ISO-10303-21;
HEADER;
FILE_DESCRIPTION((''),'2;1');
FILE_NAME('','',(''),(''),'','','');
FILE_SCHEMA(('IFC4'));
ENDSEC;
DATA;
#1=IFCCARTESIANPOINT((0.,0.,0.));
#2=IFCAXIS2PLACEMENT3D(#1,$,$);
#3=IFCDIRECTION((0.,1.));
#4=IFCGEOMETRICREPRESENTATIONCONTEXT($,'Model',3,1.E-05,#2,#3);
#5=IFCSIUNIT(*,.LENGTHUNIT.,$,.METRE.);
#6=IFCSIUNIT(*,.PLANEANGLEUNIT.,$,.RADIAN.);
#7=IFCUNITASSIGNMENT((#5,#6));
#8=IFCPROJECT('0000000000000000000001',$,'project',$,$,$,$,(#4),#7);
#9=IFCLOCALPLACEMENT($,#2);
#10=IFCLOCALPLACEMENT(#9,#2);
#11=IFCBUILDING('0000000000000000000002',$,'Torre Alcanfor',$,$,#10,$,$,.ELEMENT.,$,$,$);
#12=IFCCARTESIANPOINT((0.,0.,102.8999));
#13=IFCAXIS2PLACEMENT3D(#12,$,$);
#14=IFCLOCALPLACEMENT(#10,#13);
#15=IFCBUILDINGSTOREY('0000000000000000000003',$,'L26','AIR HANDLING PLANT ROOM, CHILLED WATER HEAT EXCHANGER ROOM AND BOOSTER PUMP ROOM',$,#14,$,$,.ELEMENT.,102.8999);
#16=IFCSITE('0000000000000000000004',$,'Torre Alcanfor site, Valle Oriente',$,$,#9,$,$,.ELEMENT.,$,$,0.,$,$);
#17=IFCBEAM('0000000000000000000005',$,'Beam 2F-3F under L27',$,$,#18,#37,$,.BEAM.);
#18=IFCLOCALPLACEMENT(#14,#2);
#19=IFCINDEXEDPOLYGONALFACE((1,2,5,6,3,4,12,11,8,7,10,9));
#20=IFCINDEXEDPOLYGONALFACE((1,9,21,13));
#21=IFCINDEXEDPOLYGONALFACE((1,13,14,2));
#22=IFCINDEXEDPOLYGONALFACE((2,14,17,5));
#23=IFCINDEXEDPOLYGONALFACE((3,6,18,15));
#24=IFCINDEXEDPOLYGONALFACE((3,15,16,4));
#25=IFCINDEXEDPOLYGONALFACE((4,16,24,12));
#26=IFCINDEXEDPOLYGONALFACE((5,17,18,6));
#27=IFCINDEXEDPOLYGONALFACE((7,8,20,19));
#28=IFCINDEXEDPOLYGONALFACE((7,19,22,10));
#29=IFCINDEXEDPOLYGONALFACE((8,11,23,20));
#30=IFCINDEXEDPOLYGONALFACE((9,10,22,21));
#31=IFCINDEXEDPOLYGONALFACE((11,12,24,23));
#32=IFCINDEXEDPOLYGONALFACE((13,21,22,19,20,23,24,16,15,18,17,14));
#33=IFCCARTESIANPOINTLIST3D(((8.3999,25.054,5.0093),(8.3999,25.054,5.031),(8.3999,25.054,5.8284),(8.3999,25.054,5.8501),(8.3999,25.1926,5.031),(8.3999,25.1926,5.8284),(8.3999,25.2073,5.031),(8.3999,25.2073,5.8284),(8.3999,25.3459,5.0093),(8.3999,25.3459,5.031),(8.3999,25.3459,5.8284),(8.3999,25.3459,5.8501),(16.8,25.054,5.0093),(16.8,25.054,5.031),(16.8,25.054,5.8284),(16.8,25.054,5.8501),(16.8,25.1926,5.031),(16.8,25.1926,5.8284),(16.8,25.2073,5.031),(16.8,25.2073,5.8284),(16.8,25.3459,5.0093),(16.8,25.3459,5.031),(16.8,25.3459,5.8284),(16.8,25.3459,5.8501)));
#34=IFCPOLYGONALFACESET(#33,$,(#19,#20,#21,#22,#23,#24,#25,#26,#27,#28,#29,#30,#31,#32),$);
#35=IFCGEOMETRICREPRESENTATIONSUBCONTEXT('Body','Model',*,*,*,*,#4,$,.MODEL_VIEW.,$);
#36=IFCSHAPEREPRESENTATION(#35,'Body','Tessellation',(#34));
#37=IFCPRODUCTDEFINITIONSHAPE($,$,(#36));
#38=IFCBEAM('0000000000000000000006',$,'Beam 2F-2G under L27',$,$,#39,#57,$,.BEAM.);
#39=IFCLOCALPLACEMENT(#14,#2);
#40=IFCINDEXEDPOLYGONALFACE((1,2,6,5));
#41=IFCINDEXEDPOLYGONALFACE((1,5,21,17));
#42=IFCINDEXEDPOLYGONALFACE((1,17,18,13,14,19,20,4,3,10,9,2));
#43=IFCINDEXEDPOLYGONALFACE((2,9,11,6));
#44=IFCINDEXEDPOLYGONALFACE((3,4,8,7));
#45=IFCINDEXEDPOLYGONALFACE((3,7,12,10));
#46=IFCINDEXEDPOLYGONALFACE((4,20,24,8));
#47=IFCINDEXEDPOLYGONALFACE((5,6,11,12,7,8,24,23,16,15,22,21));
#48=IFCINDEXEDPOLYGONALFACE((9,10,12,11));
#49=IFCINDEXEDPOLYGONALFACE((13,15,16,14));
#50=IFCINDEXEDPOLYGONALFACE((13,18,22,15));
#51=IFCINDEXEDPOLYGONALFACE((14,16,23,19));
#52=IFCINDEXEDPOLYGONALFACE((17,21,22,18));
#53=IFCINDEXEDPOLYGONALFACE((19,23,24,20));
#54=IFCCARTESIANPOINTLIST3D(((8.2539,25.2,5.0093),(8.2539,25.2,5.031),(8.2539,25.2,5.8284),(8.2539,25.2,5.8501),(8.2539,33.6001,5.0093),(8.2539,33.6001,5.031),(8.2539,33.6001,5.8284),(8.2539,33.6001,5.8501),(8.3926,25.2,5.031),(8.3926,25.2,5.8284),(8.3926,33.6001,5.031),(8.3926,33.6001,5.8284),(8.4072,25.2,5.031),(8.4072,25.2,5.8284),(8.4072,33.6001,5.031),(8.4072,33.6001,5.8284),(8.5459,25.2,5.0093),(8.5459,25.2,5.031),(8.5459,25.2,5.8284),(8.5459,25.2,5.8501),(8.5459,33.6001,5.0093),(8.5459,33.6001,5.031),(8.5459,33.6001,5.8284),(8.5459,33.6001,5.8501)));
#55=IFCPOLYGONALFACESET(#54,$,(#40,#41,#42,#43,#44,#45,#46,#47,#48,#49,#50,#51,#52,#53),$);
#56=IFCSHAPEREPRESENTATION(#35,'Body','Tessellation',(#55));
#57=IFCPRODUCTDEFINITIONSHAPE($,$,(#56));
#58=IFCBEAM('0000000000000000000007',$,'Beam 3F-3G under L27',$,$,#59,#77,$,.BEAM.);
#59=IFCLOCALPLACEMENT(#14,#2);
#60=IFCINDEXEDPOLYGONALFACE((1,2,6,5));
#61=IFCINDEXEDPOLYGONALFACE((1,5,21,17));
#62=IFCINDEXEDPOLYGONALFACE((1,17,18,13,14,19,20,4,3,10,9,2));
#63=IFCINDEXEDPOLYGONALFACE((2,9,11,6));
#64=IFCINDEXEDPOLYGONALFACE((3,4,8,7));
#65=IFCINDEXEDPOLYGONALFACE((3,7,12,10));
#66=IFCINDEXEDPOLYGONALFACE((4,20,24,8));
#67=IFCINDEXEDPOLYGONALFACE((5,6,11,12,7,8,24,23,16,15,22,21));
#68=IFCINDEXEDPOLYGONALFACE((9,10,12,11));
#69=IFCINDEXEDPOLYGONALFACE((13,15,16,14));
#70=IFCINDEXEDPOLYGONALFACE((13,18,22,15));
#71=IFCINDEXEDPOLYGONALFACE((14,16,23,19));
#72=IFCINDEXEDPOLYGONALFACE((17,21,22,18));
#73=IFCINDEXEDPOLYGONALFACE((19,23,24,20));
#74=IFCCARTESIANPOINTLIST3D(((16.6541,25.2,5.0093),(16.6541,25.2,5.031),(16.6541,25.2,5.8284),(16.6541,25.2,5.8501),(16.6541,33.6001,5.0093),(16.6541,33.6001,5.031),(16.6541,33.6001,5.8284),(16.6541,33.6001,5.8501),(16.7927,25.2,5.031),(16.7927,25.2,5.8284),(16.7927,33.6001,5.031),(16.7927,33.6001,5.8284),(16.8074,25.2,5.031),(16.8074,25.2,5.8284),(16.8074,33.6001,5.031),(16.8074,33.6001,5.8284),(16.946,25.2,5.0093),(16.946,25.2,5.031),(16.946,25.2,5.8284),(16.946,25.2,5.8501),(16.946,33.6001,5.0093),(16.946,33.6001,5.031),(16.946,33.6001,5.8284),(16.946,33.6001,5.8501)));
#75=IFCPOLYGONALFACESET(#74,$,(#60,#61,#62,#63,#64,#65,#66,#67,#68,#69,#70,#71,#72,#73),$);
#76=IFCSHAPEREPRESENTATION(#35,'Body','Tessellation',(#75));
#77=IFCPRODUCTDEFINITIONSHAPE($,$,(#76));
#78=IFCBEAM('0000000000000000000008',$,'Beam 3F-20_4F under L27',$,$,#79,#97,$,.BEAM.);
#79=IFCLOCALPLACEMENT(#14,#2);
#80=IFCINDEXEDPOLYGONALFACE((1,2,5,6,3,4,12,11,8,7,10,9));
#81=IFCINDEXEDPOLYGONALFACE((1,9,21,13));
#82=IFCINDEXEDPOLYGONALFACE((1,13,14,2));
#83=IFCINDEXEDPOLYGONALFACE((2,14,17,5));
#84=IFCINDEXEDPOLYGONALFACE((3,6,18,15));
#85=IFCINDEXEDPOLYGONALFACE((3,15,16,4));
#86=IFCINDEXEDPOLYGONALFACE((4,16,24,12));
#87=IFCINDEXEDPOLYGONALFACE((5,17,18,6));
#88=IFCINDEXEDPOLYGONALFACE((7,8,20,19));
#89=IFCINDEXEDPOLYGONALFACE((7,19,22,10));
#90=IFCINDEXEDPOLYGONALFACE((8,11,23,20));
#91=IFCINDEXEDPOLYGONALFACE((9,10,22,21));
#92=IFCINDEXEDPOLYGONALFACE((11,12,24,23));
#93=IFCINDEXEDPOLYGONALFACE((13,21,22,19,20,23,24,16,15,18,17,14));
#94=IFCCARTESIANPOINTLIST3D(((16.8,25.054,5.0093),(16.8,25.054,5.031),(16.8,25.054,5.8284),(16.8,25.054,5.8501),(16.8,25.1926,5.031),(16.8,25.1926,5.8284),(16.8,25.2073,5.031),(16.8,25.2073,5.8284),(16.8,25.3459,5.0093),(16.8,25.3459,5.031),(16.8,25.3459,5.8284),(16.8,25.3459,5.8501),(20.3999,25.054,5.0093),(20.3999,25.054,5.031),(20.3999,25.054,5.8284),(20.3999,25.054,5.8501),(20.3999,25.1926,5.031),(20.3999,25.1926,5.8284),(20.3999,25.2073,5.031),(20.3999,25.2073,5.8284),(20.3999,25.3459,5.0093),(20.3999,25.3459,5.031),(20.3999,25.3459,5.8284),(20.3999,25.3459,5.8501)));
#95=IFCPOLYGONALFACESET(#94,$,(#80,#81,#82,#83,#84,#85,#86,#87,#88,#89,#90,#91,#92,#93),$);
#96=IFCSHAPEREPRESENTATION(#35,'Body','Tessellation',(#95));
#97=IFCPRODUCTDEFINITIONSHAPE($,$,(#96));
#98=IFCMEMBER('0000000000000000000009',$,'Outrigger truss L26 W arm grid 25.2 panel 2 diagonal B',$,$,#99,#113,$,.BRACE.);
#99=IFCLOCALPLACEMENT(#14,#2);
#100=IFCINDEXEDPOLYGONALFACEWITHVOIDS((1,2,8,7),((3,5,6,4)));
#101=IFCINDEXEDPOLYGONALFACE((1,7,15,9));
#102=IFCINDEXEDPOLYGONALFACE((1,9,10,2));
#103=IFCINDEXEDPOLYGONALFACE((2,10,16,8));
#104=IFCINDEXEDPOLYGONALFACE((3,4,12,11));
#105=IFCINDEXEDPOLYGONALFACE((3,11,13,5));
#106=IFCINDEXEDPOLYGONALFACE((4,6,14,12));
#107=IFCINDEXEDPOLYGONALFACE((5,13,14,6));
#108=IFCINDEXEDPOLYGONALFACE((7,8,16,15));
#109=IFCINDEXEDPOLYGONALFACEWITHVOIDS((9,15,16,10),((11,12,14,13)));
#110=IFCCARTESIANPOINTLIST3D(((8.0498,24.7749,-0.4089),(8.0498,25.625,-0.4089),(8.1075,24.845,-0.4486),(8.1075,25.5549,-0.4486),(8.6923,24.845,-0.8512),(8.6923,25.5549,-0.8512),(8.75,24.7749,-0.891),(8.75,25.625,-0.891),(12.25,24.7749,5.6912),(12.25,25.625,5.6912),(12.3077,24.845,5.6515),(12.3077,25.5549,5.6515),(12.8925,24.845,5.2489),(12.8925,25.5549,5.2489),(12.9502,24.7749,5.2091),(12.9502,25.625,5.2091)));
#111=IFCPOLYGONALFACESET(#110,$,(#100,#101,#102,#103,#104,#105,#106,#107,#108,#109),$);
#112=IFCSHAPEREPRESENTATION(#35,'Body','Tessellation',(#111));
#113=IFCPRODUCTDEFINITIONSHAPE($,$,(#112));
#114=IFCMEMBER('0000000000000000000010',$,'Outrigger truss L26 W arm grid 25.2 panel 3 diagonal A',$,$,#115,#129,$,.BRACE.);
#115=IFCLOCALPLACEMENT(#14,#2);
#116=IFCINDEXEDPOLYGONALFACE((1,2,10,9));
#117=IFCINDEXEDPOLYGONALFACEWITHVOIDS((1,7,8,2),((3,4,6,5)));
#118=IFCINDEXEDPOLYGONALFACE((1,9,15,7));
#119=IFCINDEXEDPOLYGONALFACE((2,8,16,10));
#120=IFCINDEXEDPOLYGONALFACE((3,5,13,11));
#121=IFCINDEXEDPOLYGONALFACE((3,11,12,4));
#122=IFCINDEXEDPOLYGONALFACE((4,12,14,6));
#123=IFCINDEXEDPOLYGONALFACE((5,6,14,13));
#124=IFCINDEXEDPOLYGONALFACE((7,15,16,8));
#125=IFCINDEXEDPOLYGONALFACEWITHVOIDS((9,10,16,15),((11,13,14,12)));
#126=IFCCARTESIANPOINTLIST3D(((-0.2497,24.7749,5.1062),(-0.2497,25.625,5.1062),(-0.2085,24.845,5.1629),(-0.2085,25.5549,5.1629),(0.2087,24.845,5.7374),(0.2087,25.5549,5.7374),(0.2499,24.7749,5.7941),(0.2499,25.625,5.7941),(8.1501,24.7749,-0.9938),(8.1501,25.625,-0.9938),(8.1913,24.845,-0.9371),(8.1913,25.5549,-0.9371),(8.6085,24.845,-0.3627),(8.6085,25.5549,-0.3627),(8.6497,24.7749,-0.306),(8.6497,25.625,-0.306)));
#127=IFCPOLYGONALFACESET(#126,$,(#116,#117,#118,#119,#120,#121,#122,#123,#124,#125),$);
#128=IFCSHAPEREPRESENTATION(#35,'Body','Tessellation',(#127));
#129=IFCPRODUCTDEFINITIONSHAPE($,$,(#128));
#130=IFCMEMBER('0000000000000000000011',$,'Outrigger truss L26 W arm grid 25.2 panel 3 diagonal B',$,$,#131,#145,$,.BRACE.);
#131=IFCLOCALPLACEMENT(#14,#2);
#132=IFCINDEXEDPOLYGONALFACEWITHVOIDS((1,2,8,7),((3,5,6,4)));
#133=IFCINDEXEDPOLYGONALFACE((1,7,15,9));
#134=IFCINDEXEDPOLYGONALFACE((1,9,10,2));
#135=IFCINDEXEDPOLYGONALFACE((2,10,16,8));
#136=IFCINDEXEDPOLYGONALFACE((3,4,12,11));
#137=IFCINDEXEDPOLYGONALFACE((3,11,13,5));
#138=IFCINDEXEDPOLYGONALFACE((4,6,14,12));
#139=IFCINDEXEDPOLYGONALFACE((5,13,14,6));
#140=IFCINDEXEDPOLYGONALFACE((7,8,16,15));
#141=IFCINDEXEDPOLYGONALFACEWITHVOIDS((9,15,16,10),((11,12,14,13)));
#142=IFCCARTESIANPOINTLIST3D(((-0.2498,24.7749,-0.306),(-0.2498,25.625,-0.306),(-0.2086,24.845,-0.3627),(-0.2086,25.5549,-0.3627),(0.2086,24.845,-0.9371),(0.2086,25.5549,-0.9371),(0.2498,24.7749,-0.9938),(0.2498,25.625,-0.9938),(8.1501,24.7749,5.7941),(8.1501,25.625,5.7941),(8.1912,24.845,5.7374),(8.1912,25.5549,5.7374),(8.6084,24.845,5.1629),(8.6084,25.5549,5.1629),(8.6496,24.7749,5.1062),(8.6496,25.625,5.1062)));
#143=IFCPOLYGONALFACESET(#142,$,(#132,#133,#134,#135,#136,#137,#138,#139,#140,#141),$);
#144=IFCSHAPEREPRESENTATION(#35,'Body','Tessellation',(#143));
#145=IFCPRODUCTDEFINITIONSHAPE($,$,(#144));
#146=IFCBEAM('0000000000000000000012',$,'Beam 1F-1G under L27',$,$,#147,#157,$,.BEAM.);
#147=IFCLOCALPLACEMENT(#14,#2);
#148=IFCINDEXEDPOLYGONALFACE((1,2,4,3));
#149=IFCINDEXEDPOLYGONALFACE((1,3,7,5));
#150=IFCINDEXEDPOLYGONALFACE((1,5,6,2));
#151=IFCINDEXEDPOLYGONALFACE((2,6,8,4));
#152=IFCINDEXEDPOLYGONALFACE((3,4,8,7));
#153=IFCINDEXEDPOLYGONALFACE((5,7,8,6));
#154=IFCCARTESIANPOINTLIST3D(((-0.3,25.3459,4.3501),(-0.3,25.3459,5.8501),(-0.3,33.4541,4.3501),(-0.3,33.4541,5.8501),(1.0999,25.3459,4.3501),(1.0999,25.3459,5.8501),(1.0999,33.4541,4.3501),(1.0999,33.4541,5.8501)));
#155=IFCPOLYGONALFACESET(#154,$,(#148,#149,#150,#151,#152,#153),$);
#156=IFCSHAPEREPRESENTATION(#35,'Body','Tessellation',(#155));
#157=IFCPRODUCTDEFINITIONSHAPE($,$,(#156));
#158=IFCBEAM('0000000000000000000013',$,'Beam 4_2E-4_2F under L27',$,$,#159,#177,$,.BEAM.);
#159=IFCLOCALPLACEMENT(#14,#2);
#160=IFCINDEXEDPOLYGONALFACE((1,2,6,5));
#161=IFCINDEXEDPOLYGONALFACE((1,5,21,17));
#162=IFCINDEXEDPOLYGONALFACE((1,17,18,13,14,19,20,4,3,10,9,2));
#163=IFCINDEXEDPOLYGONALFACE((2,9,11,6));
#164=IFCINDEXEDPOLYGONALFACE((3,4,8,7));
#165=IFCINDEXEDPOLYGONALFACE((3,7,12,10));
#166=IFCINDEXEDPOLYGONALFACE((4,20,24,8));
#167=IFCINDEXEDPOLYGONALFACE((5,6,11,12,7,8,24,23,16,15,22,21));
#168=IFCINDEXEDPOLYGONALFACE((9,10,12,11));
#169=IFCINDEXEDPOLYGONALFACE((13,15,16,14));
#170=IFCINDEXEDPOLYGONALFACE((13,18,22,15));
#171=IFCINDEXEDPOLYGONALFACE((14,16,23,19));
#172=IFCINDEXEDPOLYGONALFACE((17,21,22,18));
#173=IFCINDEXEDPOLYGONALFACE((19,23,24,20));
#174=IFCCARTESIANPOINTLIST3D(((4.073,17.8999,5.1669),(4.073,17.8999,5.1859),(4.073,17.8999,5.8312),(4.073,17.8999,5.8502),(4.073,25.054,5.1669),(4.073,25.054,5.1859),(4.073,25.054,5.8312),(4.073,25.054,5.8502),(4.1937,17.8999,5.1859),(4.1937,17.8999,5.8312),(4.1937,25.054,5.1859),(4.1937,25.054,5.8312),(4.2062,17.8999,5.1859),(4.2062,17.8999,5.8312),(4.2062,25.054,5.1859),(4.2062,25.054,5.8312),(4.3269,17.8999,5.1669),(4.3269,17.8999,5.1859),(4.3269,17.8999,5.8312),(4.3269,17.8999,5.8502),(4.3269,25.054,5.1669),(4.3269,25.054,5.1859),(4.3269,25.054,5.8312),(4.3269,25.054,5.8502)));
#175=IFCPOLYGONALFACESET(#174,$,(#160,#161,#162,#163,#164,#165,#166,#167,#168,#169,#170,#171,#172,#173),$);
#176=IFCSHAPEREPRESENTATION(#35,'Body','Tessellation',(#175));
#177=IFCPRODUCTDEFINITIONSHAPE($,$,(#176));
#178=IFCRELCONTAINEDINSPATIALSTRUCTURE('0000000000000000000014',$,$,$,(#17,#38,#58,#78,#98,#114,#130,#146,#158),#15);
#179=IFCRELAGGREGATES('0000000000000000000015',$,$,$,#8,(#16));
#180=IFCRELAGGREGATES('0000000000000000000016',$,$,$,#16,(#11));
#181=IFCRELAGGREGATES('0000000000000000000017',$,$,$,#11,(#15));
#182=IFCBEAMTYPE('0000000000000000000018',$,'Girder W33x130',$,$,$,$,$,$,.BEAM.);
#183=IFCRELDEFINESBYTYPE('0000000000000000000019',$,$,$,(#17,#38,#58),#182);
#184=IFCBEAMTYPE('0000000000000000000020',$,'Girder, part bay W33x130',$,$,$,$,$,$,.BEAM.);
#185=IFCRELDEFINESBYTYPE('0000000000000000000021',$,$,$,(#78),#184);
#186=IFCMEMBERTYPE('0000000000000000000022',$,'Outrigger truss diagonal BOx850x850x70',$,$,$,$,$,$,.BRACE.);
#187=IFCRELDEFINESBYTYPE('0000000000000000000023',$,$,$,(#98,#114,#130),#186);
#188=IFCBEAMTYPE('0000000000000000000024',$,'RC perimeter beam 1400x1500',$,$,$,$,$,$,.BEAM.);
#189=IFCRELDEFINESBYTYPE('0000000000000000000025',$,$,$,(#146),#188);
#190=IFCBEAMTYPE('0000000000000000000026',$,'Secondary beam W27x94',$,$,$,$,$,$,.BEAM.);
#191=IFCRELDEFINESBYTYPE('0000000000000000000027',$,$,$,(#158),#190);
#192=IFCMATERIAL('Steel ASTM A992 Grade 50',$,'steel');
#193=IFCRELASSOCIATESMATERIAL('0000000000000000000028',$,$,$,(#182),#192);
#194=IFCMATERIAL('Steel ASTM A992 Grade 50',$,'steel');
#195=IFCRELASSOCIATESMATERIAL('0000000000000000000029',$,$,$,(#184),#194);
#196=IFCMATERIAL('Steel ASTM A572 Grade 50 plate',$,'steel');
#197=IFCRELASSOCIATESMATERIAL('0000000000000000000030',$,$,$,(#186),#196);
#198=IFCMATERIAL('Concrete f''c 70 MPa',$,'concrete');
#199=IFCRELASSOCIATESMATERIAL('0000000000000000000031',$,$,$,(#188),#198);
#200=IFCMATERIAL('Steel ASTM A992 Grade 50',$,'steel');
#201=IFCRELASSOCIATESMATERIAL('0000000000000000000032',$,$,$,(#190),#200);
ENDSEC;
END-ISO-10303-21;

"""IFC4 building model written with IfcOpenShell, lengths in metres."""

from ifc_helpers import new_model, si_unit, direction, frame, origin, origin_2d, place, context, subcontext, project, spatial, rectangle, hollow_rectangle, i_section, extrude, material, material_profile, profile_set, type_object, element, save


model = new_model("IFC4")

# Units and contexts
model_context = context("Model", 3, precision=1e-05, world=origin(), true_north=direction((0.0, 1.0)))
body_context = subcontext(model_context, "Body", "Model", "MODEL_VIEW")
ifc_project = project(units=[si_unit("LENGTHUNIT", "METRE"), si_unit("PLANEANGLEUNIT", "RADIAN")], contexts=[model_context])

# Site, building, storey
site_placement = place(None, origin())
site = spatial("IfcSite", under=ifc_project, at=site_placement, Name="Torre Alcanfor site, Valle Oriente", CompositionType="ELEMENT", RefElevation=0.0)
building_placement = place(site_placement, origin())
building = spatial("IfcBuilding", under=site, at=building_placement, Name="Torre Alcanfor", CompositionType="ELEMENT")
storey_placement = place(building_placement, frame((0.0, 0.0, 102.8999)))
storey = spatial("IfcBuildingStorey", under=building, at=storey_placement, Name="L26", Description="AIR HANDLING PLANT ROOM, CHILLED WATER HEAT EXCHANGER ROOM AND BOOSTER PUMP ROOM", CompositionType="ELEMENT", Elevation=102.8999)

# Beams
ifc_material_1 = material(Name="Steel ASTM A992 Grade 50", Category="steel")
ifc_material_profile_1 = material_profile(ifc_material_1, i_section(OverallWidth=0.292, OverallDepth=0.8408, WebThickness=0.0146, FlangeThickness=0.0217, at=origin_2d()), Name="W33x130")
ifc_profile_set_1 = profile_set([ifc_material_profile_1], Name="Steel ASTM A992 Grade 50")
beam_type_1 = type_object("IfcBeamType", Name="Girder W33x130", PredefinedType="BEAM", material=ifc_profile_set_1)
for number, where, z_axis, x_axis, name in (
    (1, (8.3999, 25.2, 5.4297), (1.0, 0.0, 0.0), (0.0, 1.0, 0.0), "Beam 2F-3F under L27"),
    (2, (8.3999, 25.2, 5.4297), (0.0, 1.0, 0.0), (-1.0, 0.0, 0.0), "Beam 2F-2G under L27"),
    (3, (16.8, 25.2, 5.4297), (0.0, 1.0, 0.0), (-1.0, 0.0, 0.0), "Beam 3F-3G under L27"),
):
    element("IfcBeam", number, at=place(storey_placement, frame(where, z_axis=z_axis, x_axis=x_axis)), inside=storey, type_object=beam_type_1, Name=name, PredefinedType="BEAM", context=body_context, shape_type="SweptSolid", body=[
        extrude(i_section(OverallWidth=0.292, OverallDepth=0.8408, WebThickness=0.0146, FlangeThickness=0.0217, at=origin_2d()), origin(), (0.0, 0.0, 1.0), 8.4001),
    ])
ifc_material_2 = material(Name="Steel ASTM A992 Grade 50", Category="steel")
ifc_material_profile_2 = material_profile(ifc_material_2, i_section(OverallWidth=0.292, OverallDepth=0.8408, WebThickness=0.0146, FlangeThickness=0.0217, at=origin_2d()), Name="W33x130")
ifc_profile_set_2 = profile_set([ifc_material_profile_2], Name="Steel ASTM A992 Grade 50")
beam_type_2 = type_object("IfcBeamType", Name="Girder, part bay W33x130", PredefinedType="BEAM", material=ifc_profile_set_2)
beam_1_placement = place(storey_placement, frame((16.8, 25.2, 5.4297), z_axis=(1.0, 0.0, 0.0), x_axis=(0.0, 1.0, 0.0)))
element("IfcBeam", 4, at=beam_1_placement, inside=storey, type_object=beam_type_2, Name="Beam 3F-20_4F under L27", PredefinedType="BEAM", context=body_context, shape_type="SweptSolid", body=[
    extrude(i_section(OverallWidth=0.292, OverallDepth=0.8408, WebThickness=0.0146, FlangeThickness=0.0217, at=origin_2d()), origin(), (0.0, 0.0, 1.0), 3.5999),
])

# Members
ifc_material_3 = material(Name="Steel ASTM A572 Grade 50 plate", Category="steel")
ifc_material_profile_3 = material_profile(ifc_material_3, hollow_rectangle(XDim=0.8501, YDim=0.8501, WallThickness=0.0701, at=origin_2d()), Name="BOX 850x850x70")
ifc_profile_set_3 = profile_set([ifc_material_profile_3], Name="Steel ASTM A572 Grade 50 plate")
member_type_1 = type_object("IfcMemberType", Name="Outrigger truss diagonal BOx850x850x70", PredefinedType="BRACE", material=ifc_profile_set_3)
member_1_placement = place(storey_placement, frame((8.3999, 25.2, -0.6499), z_axis=(0.567113, 0.0, 0.82364), x_axis=(0.0, 1.0, 0.0)))
element("IfcMember", 5, at=member_1_placement, inside=storey, type_object=member_type_1, Name="Outrigger truss L26 W arm grid 25.2 panel 2 diagonal B", PredefinedType="BRACE", context=body_context, shape_type="SweptSolid", body=[
    extrude(hollow_rectangle(XDim=0.8501, YDim=0.8501, WallThickness=0.0701, at=origin_2d()), origin(), (0.0, 0.0, 1.0), 7.4062),
])
for number, where, z_axis, x_axis, name in (
    (6, (8.3999, 25.2, -0.6499), (-0.809145, 0.0, 0.587609), (0.0, -1.0, 0.0), "Outrigger truss L26 W arm grid 25.2 panel 3 diagonal A"),
    (7, (0.0, 25.2, -0.6499), (0.809145, 0.0, 0.587609), (0.0, 1.0, 0.0), "Outrigger truss L26 W arm grid 25.2 panel 3 diagonal B"),
):
    element("IfcMember", number, at=place(storey_placement, frame(where, z_axis=z_axis, x_axis=x_axis)), inside=storey, type_object=member_type_1, Name=name, PredefinedType="BRACE", context=body_context, shape_type="SweptSolid", body=[
        extrude(hollow_rectangle(XDim=0.8501, YDim=0.8501, WallThickness=0.0701, at=origin_2d()), origin(), (0.0, 0.0, 1.0), 10.3811),
    ])

# Beams
ifc_material_4 = material(Name="Concrete f'c 70 MPa", Category="concrete")
ifc_material_profile_4 = material_profile(ifc_material_4, rectangle(XDim=1.3999, YDim=1.5, at=origin_2d()), Name="1400x1500")
ifc_profile_set_4 = profile_set([ifc_material_profile_4], Name="Concrete f'c 70 MPa")
beam_type_3 = type_object("IfcBeamType", Name="RC perimeter beam 1400x1500", PredefinedType="BEAM", material=ifc_profile_set_4)
beam_2_placement = place(storey_placement, frame((0.3999, 25.3459, 5.1001), z_axis=(0.0, 1.0, 0.0), x_axis=(-1.0, 0.0, 0.0)))
element("IfcBeam", 8, at=beam_2_placement, inside=storey, type_object=beam_type_3, Name="Beam 1F-1G under L27", PredefinedType="BEAM", context=body_context, shape_type="SweptSolid", body=[
    extrude(rectangle(XDim=1.3999, YDim=1.5, at=origin_2d()), origin(), (0.0, 0.0, 1.0), 8.1082),
])
ifc_material_5 = material(Name="Steel ASTM A992 Grade 50", Category="steel")
ifc_material_profile_5 = material_profile(ifc_material_5, i_section(OverallWidth=0.2539, OverallDepth=0.6833, WebThickness=0.0125, FlangeThickness=0.019, at=origin_2d()), Name="W27x94")
ifc_profile_set_5 = profile_set([ifc_material_profile_5], Name="Steel ASTM A992 Grade 50")
beam_type_4 = type_object("IfcBeamType", Name="Secondary beam W27x94", PredefinedType="BEAM", material=ifc_profile_set_5)
beam_3_placement = place(storey_placement, frame((4.2, 17.8999, 5.5085), z_axis=(0.0, 1.0, 0.0), x_axis=(-1.0, 0.0, 0.0)))
element("IfcBeam", 9, at=beam_3_placement, inside=storey, type_object=beam_type_4, Name="Beam 4_2E-4_2F under L27", PredefinedType="BEAM", context=body_context, shape_type="SweptSolid", body=[
    extrude(i_section(OverallWidth=0.2539, OverallDepth=0.6833, WebThickness=0.0125, FlangeThickness=0.019, at=origin_2d()), origin(), (0.0, 0.0, 1.0), 7.1541),
])

save(model, "model.ifc")
